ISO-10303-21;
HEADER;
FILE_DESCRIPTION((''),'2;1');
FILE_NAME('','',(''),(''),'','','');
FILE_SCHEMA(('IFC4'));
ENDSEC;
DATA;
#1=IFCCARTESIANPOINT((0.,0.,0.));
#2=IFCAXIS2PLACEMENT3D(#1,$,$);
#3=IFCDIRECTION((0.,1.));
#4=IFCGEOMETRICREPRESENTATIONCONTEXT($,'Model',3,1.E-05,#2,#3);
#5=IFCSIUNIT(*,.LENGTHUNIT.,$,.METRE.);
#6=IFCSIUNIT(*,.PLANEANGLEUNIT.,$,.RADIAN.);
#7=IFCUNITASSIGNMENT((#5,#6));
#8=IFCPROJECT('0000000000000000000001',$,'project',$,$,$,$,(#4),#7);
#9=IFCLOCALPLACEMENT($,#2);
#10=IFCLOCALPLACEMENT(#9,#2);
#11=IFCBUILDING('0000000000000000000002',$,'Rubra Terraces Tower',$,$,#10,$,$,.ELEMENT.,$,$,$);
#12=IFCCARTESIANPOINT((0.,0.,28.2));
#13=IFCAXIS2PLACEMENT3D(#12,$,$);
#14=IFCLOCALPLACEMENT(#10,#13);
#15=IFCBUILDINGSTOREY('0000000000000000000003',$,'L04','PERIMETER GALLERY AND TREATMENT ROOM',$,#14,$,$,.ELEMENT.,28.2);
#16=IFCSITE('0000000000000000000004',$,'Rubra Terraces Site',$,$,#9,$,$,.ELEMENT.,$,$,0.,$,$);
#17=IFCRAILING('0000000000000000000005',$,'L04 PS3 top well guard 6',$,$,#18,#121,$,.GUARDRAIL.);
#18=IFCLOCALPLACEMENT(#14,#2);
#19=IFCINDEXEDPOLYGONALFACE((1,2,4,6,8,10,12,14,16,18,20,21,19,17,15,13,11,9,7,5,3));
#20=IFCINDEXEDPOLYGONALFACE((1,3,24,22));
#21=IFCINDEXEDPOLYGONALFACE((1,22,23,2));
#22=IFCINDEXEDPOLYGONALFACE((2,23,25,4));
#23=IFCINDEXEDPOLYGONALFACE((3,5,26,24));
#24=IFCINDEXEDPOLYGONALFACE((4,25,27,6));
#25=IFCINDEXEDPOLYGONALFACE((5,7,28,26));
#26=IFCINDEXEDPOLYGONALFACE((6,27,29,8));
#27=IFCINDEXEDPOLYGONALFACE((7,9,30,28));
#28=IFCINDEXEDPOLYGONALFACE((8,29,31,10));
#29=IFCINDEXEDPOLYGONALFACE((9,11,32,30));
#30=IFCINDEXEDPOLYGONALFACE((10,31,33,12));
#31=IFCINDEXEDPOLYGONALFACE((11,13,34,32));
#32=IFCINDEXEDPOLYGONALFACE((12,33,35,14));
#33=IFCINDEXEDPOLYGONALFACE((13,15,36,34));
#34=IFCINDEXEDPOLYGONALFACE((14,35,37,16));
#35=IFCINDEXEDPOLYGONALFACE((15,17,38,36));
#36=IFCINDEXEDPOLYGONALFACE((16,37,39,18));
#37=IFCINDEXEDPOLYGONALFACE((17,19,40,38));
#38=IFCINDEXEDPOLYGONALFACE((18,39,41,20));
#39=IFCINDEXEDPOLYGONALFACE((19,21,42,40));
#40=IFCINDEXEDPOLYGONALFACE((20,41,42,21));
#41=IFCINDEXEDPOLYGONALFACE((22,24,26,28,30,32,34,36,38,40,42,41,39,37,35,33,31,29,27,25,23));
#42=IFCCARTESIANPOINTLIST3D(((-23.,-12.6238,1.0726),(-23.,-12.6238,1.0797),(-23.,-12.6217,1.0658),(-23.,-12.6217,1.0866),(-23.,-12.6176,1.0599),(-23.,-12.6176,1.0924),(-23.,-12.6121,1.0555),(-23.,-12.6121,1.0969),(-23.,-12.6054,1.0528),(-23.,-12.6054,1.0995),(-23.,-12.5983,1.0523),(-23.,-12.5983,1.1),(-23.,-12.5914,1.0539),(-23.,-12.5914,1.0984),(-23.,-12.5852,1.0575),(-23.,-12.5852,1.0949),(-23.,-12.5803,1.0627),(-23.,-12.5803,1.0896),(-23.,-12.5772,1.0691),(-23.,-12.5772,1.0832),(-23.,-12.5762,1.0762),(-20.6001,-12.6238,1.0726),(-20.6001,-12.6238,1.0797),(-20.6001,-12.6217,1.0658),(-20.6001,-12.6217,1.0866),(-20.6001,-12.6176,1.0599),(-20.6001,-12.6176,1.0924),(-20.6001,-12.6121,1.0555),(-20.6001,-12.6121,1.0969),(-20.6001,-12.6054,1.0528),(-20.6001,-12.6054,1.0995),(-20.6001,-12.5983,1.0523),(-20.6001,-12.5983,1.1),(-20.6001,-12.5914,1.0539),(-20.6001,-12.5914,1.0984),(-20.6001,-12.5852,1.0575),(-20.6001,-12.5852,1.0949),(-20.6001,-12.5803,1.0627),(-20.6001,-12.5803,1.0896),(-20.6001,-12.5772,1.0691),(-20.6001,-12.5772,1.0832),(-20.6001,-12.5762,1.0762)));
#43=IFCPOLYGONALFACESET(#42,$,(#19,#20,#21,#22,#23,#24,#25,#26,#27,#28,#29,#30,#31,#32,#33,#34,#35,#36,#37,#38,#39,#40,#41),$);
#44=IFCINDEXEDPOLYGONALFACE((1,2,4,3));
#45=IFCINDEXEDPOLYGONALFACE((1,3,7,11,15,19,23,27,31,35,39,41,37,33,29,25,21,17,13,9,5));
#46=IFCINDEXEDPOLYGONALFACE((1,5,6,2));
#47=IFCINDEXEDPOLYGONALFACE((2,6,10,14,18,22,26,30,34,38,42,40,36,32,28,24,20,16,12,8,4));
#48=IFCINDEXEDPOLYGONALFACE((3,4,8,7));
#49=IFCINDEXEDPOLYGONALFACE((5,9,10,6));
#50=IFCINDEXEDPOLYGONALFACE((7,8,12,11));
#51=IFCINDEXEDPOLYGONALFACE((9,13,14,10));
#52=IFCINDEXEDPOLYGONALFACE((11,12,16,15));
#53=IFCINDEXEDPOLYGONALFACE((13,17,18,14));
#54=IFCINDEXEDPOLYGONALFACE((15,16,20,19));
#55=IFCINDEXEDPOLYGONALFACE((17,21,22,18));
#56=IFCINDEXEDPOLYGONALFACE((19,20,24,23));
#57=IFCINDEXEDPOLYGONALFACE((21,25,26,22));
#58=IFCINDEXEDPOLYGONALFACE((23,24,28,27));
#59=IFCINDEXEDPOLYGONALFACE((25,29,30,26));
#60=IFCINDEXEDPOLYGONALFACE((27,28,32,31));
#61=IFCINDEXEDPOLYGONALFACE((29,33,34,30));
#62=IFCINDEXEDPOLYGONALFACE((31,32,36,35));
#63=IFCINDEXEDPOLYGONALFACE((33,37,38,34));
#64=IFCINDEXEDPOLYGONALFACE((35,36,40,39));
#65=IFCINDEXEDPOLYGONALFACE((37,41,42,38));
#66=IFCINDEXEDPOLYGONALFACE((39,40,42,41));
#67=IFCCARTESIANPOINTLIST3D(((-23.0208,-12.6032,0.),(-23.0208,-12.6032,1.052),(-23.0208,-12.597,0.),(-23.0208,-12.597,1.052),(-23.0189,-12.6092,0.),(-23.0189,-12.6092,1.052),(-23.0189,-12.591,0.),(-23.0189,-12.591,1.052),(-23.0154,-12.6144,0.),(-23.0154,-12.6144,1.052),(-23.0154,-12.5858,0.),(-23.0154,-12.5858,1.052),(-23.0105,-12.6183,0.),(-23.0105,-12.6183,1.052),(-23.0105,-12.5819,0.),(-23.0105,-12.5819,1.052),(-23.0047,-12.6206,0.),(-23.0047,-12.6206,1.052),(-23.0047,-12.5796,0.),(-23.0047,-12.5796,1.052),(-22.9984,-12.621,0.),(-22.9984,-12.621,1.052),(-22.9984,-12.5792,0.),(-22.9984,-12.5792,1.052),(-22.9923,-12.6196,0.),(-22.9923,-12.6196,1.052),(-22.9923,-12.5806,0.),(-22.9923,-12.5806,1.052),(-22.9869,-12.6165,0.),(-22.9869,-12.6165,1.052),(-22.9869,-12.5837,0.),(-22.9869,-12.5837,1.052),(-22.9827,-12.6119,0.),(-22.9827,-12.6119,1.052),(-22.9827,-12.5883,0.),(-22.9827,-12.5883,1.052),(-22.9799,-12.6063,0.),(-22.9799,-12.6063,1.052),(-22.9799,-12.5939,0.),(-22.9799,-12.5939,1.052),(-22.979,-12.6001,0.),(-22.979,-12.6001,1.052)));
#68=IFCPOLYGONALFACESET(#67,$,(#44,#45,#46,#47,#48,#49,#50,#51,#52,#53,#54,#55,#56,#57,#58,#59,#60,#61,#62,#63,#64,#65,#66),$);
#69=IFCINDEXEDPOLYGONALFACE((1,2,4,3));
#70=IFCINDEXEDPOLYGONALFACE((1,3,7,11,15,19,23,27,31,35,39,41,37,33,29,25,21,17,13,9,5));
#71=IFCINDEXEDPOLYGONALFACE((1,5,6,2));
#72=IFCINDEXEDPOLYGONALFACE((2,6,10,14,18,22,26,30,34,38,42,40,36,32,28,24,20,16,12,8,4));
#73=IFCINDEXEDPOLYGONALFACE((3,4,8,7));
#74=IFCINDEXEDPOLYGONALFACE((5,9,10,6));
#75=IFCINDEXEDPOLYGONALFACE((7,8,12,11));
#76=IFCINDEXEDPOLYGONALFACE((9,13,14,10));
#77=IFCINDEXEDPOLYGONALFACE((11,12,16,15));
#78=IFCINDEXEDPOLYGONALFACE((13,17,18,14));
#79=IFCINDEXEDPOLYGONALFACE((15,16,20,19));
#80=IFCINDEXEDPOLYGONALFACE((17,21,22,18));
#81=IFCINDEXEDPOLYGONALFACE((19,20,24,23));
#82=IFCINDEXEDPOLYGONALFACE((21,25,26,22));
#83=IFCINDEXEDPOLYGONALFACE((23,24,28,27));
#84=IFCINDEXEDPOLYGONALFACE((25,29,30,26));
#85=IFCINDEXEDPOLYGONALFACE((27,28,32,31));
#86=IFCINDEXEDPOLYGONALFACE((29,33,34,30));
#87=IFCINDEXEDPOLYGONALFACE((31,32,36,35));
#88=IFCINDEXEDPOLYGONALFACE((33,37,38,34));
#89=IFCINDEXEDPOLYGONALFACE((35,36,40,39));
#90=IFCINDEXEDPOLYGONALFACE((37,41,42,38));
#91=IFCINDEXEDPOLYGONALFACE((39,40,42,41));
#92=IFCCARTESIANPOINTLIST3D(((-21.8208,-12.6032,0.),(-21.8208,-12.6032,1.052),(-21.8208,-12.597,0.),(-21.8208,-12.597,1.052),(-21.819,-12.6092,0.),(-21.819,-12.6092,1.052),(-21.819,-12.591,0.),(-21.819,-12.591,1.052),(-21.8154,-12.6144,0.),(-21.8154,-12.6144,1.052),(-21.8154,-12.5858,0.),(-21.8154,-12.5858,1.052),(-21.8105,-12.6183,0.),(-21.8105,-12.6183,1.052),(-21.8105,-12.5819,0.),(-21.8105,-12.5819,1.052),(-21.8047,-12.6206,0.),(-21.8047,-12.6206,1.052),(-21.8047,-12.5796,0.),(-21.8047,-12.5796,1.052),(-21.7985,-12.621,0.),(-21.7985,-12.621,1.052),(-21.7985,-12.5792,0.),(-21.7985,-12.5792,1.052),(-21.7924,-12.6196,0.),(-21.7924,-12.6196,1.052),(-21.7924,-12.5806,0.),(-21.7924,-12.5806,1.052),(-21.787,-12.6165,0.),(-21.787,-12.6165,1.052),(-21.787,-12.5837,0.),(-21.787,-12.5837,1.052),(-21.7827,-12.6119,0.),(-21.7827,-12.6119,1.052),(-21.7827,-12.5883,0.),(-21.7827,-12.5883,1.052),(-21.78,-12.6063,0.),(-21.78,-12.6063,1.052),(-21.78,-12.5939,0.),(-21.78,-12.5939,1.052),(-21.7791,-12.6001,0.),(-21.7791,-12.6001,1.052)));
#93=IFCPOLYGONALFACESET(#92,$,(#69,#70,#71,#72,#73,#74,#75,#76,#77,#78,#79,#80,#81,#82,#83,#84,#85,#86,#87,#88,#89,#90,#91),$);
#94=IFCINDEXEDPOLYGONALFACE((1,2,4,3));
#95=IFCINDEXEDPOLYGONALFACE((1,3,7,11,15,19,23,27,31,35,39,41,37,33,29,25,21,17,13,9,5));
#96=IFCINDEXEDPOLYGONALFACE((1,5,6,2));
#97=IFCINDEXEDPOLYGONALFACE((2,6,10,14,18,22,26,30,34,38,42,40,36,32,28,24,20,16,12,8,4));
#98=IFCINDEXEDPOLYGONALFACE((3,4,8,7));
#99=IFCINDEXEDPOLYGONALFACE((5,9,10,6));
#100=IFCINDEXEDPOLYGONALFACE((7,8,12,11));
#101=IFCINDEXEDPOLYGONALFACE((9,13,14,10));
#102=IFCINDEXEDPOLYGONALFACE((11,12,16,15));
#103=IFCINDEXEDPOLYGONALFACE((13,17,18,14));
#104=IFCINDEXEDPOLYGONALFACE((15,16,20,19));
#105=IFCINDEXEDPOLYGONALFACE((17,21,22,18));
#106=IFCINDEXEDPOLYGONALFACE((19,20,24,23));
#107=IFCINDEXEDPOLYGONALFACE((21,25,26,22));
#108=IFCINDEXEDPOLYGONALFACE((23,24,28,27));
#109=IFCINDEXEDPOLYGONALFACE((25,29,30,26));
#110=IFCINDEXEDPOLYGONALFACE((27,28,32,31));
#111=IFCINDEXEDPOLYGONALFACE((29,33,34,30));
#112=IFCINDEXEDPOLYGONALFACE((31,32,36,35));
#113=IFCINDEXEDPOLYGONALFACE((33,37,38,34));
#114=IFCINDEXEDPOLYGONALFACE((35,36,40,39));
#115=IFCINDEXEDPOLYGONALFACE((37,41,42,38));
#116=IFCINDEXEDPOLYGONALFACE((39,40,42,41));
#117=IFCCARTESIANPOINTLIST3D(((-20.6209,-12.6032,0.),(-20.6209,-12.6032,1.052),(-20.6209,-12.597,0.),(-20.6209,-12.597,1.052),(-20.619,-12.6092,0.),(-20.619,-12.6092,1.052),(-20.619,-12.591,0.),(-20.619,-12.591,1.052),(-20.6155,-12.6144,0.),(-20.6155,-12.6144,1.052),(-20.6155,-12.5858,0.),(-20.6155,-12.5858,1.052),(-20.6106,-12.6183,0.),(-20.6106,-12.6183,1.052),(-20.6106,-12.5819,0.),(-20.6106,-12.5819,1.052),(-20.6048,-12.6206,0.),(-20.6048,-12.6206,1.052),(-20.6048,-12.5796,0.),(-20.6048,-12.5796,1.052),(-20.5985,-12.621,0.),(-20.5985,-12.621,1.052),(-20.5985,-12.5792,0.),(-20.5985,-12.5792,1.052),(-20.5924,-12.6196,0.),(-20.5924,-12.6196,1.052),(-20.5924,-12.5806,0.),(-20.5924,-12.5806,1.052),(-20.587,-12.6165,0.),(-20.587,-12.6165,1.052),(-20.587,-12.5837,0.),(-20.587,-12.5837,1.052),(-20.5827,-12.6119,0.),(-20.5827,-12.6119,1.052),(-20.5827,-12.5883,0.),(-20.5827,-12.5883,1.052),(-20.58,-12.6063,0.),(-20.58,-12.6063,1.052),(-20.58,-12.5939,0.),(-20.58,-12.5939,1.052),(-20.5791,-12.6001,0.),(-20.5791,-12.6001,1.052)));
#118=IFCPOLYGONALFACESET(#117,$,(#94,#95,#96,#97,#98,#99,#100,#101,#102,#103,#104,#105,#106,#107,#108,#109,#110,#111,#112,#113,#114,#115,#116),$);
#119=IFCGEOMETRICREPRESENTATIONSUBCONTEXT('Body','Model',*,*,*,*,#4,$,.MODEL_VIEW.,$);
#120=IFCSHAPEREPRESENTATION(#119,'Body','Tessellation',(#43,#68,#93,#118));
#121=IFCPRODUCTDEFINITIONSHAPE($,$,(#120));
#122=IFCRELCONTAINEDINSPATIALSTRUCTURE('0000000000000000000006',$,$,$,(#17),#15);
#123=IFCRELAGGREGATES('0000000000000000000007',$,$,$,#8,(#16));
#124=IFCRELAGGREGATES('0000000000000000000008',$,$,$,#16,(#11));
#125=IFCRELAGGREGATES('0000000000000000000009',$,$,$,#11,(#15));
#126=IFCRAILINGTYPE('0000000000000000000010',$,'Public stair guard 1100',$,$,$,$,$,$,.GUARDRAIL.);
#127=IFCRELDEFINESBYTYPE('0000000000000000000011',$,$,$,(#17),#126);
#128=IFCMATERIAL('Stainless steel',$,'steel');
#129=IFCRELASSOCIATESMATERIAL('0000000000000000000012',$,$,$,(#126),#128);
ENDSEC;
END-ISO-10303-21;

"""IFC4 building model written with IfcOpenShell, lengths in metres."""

from ifc_helpers import new_model, si_unit, direction, frame, origin, origin_2d, place, context, subcontext, project, spatial, circle, extrude, material, type_object, element, save


model = new_model("IFC4")

# Units and contexts
model_context = context("Model", 3, precision=1e-05, world=origin(), true_north=direction((0.0, 1.0)))
body_context = subcontext(model_context, "Body", "Model", "MODEL_VIEW")
ifc_project = project(units=[si_unit("LENGTHUNIT", "METRE"), si_unit("PLANEANGLEUNIT", "RADIAN")], contexts=[model_context])

# Site, building, storey
site_placement = place(None, origin())
site = spatial("IfcSite", under=ifc_project, at=site_placement, Name="Rubra Terraces Site", CompositionType="ELEMENT", RefElevation=0.0)
building_placement = place(site_placement, origin())
building = spatial("IfcBuilding", under=site, at=building_placement, Name="Rubra Terraces Tower", CompositionType="ELEMENT")
storey_placement = place(building_placement, frame((0.0, 0.0, 28.2)))
storey = spatial("IfcBuildingStorey", under=building, at=storey_placement, Name="L04", Description="PERIMETER GALLERY AND TREATMENT ROOM", CompositionType="ELEMENT", Elevation=28.2)

# Railing
ifc_material_1 = material(Name="Stainless steel", Category="steel")
railing_type = type_object("IfcRailingType", Name="Public stair guard 1100", PredefinedType="GUARDRAIL", material=ifc_material_1)
for number, where, name in (
    (1, (-23.0, -12.6001, 0.0), "L04 PS3 top well guard 6"),
):
    element("IfcRailing", number, at=place(storey_placement, frame(where)), inside=storey, type_object=railing_type, Name=name, PredefinedType="GUARDRAIL", context=body_context, shape_type="SweptSolid", body=[
        extrude(circle(Radius=0.0239, at=origin_2d()), frame((0.0, 0.0, 1.0762), z_axis=(1.0, 0.0, 0.0), x_axis=(0.0, 1.0, 0.0)), (0.0, 0.0, 1.0), 2.3999),
        extrude(circle(Radius=0.021, at=origin_2d()), origin(), (0.0, 0.0, 1.0), 1.052),
        extrude(circle(Radius=0.021, at=origin_2d()), frame((1.2, 0.0, 0.0)), (0.0, 0.0, 1.0), 1.052),
        extrude(circle(Radius=0.021, at=origin_2d()), frame((2.3999, 0.0, 0.0)), (0.0, 0.0, 1.0), 1.052),
    ])

save(model, "model.ifc")
